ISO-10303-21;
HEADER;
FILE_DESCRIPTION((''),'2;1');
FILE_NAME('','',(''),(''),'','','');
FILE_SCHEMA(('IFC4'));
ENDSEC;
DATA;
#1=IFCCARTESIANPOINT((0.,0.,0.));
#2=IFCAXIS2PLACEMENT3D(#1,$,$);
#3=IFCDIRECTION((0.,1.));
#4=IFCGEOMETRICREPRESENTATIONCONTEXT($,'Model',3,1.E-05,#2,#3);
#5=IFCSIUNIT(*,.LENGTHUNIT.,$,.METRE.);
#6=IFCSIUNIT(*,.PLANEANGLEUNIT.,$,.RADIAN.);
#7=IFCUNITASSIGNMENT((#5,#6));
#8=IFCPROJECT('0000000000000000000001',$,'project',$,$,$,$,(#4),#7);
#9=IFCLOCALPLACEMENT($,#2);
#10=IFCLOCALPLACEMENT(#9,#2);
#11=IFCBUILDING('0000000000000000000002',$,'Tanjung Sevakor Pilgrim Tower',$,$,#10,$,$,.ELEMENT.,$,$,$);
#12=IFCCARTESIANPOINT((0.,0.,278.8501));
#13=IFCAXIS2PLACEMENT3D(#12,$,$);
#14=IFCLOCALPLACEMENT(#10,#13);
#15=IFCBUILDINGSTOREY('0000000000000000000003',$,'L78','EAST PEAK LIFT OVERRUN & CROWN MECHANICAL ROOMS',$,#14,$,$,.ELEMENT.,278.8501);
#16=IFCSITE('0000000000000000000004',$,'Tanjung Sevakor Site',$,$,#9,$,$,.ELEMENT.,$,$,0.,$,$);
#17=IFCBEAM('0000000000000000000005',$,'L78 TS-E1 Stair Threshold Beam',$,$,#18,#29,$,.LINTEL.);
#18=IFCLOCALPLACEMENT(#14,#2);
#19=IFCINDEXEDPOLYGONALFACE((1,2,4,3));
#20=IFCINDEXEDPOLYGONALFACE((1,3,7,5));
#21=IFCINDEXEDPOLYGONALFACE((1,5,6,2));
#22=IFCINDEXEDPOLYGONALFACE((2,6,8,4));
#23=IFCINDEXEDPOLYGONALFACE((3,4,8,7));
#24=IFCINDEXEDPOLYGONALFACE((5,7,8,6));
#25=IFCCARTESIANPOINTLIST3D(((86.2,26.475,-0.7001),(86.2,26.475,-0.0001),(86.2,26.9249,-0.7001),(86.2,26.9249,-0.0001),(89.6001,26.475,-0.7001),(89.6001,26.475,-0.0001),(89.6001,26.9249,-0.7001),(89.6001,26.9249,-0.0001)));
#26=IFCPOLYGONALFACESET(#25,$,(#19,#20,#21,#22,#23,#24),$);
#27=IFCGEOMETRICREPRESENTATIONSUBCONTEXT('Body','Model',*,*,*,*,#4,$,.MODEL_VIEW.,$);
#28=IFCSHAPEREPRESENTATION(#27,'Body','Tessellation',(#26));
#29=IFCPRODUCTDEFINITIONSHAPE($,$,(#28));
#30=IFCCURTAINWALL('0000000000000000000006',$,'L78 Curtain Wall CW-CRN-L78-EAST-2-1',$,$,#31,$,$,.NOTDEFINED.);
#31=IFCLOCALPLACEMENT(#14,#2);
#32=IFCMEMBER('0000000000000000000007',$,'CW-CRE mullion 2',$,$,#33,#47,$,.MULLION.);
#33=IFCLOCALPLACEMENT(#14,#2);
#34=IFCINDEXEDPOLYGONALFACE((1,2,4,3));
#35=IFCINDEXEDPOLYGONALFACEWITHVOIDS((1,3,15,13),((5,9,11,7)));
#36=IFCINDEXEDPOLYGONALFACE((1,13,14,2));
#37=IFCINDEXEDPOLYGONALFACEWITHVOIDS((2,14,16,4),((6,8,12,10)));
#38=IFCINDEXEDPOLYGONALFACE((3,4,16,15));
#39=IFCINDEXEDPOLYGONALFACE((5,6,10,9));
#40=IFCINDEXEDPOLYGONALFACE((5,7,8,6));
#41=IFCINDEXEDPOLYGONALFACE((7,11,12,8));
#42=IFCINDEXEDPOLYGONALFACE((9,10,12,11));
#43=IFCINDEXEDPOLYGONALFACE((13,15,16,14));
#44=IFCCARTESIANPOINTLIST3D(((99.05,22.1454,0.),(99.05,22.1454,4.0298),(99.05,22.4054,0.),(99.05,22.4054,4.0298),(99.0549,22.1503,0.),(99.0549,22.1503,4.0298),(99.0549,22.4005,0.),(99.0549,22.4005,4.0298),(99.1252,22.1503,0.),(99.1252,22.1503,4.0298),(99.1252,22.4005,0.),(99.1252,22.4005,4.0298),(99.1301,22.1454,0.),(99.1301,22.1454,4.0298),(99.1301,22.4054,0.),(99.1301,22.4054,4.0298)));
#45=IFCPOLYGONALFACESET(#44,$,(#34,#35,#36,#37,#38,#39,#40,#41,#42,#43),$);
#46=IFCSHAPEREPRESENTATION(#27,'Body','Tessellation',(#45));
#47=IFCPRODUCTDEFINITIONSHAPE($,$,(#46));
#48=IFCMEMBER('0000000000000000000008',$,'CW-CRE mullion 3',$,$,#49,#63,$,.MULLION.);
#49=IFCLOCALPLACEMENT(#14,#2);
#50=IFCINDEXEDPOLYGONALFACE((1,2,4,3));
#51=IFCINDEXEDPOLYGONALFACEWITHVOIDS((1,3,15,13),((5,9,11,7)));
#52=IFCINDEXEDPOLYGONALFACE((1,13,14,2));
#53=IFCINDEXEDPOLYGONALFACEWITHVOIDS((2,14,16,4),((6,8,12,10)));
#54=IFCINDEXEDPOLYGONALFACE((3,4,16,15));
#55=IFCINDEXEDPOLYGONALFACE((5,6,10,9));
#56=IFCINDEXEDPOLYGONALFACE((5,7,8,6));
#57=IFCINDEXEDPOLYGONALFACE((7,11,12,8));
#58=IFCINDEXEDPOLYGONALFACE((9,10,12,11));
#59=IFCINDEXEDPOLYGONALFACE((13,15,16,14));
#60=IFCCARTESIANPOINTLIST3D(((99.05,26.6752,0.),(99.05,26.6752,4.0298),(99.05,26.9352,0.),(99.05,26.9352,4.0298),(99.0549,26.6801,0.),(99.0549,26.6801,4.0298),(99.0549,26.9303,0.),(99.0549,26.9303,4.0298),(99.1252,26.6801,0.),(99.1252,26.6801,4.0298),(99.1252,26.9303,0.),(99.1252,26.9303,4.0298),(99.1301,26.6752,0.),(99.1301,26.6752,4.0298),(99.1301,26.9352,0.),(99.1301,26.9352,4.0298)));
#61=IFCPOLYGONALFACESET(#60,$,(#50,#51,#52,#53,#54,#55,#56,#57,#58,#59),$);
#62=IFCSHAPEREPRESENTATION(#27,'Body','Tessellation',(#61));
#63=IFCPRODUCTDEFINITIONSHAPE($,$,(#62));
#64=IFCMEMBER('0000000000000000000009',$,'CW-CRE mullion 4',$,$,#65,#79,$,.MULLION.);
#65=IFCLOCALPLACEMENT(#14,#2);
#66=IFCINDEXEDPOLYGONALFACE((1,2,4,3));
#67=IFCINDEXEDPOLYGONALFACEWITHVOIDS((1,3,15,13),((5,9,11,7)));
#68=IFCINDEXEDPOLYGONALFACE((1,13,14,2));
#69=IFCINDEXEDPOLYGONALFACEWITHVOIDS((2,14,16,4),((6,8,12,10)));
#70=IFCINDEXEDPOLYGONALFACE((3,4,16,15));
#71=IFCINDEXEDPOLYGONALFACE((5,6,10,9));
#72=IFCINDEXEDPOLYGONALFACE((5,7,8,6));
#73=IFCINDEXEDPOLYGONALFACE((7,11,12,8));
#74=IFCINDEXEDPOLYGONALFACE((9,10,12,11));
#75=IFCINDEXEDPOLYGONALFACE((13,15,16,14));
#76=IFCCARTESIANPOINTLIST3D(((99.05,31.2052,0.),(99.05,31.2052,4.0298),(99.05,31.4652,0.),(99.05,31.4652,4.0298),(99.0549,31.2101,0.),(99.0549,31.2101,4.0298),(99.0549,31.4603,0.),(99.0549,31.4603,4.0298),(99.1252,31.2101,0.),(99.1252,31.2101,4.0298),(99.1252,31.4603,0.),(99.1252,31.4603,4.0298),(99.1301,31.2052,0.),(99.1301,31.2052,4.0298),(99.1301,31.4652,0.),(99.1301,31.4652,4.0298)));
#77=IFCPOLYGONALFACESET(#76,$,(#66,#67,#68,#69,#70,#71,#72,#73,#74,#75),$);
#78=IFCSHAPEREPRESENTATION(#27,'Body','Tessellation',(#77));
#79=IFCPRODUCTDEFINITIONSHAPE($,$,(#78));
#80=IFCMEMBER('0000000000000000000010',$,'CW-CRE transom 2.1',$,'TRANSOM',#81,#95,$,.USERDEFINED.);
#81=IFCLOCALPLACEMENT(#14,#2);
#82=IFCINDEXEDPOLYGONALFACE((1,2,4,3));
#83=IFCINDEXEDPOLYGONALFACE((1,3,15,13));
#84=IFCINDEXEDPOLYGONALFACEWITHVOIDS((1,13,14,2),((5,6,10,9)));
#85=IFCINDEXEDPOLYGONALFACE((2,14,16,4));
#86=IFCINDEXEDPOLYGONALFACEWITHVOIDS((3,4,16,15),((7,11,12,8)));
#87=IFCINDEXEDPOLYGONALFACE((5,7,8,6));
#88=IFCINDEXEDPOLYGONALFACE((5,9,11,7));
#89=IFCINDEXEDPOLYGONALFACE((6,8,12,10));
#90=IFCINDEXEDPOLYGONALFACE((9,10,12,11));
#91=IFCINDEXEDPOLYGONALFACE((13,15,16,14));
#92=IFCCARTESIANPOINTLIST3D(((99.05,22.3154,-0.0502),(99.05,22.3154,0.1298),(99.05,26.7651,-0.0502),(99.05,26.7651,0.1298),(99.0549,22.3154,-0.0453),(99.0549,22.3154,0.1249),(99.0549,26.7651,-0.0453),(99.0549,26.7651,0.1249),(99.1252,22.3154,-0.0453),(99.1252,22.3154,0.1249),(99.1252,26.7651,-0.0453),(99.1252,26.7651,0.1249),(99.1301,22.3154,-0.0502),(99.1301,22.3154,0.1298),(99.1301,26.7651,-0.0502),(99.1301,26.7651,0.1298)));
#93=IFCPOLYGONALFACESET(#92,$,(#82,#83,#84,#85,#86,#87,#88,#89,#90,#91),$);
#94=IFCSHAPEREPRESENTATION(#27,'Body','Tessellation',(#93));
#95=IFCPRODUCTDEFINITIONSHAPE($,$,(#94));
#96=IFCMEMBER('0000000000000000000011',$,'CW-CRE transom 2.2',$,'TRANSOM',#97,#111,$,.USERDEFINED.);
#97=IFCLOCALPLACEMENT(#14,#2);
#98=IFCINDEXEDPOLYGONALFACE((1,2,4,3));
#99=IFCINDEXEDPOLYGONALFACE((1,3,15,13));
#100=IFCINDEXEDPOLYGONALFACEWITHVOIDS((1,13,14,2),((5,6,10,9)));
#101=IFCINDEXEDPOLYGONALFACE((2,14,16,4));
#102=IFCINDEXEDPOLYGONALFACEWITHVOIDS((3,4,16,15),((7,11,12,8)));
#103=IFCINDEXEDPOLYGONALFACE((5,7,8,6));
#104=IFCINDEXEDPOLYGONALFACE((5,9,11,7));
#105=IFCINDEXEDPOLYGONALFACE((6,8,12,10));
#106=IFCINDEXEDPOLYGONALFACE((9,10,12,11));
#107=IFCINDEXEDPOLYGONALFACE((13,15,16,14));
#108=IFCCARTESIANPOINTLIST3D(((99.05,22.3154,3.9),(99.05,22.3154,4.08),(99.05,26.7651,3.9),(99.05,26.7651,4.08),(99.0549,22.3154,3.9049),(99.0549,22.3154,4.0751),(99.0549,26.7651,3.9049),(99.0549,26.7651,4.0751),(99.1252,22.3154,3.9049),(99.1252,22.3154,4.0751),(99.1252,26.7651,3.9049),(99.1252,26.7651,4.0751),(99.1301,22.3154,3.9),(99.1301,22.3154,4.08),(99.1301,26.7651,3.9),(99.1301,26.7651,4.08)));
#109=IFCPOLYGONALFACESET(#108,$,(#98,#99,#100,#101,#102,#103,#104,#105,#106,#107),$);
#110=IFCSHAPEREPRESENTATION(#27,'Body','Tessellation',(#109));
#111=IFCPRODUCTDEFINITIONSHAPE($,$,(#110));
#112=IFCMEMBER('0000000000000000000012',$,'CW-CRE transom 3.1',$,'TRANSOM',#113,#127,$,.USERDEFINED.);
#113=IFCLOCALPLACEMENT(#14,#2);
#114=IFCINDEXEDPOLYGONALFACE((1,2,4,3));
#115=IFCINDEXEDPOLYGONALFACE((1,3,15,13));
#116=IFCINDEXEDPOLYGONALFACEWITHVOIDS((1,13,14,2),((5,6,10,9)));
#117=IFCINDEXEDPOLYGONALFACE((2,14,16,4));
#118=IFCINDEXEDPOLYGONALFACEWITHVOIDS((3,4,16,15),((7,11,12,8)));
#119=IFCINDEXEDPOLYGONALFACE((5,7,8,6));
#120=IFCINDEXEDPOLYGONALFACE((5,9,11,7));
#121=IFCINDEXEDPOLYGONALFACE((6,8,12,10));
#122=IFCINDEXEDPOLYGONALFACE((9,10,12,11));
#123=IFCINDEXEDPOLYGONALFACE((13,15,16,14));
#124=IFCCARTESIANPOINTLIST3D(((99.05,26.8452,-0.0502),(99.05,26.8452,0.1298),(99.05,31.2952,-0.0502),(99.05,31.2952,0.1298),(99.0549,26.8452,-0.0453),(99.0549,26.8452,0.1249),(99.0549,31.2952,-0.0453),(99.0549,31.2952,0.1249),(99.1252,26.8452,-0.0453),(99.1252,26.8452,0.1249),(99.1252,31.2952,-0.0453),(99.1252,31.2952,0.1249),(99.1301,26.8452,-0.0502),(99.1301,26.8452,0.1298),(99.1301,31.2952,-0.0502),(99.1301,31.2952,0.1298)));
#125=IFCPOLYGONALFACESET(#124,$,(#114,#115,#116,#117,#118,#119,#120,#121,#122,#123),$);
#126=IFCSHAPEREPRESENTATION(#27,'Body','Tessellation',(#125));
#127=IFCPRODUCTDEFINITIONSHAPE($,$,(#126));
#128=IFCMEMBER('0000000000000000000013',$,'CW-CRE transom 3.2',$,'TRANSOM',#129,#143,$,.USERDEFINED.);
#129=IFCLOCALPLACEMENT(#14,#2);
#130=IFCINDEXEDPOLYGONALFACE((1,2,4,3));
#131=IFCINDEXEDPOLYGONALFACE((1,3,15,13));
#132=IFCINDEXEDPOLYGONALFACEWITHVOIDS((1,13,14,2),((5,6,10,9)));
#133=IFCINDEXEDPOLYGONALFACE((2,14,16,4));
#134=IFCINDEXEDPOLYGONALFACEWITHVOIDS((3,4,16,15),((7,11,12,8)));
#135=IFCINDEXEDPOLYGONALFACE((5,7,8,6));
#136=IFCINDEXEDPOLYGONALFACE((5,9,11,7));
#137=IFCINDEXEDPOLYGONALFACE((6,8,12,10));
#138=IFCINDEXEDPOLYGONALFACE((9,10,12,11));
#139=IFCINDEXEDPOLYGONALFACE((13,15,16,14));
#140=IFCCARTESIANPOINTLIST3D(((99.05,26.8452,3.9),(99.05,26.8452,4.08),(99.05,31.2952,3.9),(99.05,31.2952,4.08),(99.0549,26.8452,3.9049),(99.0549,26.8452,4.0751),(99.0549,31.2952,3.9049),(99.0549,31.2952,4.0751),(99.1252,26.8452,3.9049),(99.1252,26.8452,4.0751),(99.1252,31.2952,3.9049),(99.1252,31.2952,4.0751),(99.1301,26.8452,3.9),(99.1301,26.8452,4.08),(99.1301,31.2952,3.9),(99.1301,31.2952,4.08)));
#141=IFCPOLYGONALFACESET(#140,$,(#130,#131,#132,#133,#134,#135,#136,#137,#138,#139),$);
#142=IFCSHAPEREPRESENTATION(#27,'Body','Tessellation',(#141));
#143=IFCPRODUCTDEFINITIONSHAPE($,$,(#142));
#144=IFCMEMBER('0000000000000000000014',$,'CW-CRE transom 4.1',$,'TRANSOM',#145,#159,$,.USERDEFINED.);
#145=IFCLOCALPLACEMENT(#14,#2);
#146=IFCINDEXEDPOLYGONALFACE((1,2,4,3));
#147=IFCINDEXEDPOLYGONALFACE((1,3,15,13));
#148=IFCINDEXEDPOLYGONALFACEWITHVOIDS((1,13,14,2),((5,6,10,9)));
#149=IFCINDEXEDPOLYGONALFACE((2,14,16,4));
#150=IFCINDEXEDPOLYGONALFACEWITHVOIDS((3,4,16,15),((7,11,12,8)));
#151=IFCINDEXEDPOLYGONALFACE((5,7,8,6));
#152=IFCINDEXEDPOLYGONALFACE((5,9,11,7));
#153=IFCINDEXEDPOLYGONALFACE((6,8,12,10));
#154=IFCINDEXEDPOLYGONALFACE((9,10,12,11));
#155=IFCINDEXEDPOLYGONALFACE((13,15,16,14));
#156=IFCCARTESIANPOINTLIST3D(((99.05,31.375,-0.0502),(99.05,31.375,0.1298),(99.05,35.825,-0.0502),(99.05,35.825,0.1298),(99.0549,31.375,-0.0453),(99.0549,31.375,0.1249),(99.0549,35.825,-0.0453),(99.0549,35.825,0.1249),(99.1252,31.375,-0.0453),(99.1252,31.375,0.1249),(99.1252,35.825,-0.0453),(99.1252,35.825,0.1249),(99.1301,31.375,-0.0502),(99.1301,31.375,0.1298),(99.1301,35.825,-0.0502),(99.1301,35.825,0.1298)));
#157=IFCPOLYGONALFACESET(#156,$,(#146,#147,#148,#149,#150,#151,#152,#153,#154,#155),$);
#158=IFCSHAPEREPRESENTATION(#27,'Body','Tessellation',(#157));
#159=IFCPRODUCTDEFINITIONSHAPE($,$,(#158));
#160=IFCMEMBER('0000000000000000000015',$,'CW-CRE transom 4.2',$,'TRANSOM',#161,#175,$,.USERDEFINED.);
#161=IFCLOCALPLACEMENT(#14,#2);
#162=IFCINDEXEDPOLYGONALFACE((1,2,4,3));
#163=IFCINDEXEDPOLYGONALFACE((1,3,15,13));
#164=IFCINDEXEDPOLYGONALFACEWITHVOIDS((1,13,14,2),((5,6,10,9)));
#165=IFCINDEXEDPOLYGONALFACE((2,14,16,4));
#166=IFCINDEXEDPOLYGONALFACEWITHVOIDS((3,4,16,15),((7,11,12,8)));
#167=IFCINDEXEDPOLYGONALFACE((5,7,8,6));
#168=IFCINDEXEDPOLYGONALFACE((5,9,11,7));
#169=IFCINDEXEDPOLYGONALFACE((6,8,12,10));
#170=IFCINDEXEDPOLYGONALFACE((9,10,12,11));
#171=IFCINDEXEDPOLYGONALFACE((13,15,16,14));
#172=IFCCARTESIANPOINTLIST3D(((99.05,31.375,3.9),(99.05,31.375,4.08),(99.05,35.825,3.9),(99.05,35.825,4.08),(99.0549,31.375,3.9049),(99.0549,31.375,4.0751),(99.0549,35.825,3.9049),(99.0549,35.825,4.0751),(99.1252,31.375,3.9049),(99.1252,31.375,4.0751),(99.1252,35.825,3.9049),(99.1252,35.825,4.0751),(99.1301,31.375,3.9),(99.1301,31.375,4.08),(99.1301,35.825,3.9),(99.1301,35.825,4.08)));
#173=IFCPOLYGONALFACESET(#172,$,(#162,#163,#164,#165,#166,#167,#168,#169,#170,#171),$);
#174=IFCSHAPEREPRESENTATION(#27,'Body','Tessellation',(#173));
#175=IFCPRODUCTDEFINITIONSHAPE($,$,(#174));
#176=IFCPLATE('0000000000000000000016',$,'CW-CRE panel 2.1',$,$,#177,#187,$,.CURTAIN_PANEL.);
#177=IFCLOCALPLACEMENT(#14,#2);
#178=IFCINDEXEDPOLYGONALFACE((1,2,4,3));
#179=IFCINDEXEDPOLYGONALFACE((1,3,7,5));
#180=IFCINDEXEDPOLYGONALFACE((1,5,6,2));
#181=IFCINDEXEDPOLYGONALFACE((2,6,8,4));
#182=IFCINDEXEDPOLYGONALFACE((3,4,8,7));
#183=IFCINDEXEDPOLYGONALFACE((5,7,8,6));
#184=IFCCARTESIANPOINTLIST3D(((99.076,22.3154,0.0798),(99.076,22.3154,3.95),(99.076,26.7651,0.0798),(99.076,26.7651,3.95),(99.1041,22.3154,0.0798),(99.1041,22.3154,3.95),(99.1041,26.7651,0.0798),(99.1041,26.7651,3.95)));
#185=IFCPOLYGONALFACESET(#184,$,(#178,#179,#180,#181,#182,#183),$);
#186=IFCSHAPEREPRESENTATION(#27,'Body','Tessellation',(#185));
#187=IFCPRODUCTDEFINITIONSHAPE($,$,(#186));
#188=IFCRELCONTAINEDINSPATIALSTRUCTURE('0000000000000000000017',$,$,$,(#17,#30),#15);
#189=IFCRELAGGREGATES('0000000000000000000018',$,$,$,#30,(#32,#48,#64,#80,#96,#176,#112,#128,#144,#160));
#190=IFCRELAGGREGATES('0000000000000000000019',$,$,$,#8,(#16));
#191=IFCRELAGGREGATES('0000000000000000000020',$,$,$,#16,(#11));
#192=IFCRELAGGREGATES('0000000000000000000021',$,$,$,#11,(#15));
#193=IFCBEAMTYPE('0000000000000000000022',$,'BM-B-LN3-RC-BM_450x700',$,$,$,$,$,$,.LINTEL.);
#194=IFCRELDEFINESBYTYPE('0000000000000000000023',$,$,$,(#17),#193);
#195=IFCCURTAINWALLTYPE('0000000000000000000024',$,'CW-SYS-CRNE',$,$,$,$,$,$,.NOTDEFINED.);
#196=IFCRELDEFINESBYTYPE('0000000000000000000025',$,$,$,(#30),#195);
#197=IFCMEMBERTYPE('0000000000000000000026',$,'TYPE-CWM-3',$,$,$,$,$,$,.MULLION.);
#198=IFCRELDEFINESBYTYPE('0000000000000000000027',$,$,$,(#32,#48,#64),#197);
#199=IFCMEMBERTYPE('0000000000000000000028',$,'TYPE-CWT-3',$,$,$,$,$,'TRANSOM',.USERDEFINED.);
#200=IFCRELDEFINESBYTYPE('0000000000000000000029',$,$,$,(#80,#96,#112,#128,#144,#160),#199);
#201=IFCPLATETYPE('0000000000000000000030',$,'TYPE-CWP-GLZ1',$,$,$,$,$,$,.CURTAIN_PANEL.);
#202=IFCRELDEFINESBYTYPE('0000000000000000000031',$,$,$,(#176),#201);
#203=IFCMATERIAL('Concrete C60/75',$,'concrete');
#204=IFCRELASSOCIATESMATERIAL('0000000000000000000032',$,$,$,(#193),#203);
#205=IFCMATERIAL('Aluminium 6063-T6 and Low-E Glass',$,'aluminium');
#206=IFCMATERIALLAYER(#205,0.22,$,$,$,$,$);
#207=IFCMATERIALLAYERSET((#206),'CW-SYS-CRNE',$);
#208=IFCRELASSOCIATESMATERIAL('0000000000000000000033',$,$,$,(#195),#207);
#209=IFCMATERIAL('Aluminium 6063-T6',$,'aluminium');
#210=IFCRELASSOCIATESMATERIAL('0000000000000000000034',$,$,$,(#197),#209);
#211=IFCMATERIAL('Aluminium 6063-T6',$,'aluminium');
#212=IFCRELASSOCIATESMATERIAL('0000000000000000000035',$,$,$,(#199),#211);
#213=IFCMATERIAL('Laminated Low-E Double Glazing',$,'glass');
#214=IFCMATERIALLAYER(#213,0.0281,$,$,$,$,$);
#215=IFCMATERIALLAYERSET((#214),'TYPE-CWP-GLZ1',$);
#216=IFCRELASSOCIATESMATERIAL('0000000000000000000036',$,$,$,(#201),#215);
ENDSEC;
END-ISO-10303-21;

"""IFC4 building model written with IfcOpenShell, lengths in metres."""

from ifc_helpers import new_model, si_unit, direction, frame, origin, origin_2d, place, context, subcontext, project, spatial, rectangle, hollow_rectangle, extrude, material, layer, layer_set, material_profile, profile_set, type_object, element, aggregate, save


model = new_model("IFC4")

# Units and contexts
model_context = context("Model", 3, precision=1e-05, world=origin(), true_north=direction((0.0, 1.0)))
body_context = subcontext(model_context, "Body", "Model", "MODEL_VIEW")
ifc_project = project(units=[si_unit("LENGTHUNIT", "METRE"), si_unit("PLANEANGLEUNIT", "RADIAN")], contexts=[model_context])

# Site, building, storey
site_placement = place(None, origin())
site = spatial("IfcSite", under=ifc_project, at=site_placement, Name="Tanjung Sevakor Site", CompositionType="ELEMENT", RefElevation=0.0)
building_placement = place(site_placement, origin())
building = spatial("IfcBuilding", under=site, at=building_placement, Name="Tanjung Sevakor Pilgrim Tower", CompositionType="ELEMENT")
storey_placement = place(building_placement, frame((0.0, 0.0, 278.8501)))
storey = spatial("IfcBuildingStorey", under=building, at=storey_placement, Name="L78", Description="EAST PEAK LIFT OVERRUN & CROWN MECHANICAL ROOMS", CompositionType="ELEMENT", Elevation=278.8501)

# Beam
ifc_material_1 = material(Name="Concrete C60/75", Category="concrete")
ifc_material_profile_1 = material_profile(ifc_material_1, rectangle(XDim=0.45, YDim=0.7, at=origin_2d()))
ifc_profile_set_1 = profile_set([ifc_material_profile_1], Name="Concrete C60/75")
beam_type = type_object("IfcBeamType", Name="BM-B-LN3-RC-BM_450x700", PredefinedType="LINTEL", material=ifc_profile_set_1)
beam_placement = place(storey_placement, frame((86.2, 26.7, -0.3501), z_axis=(1.0, 0.0, 0.0), x_axis=(0.0, 1.0, 0.0)))
element("IfcBeam", 1, at=beam_placement, inside=storey, type_object=beam_type, Name="L78 TS-E1 Stair Threshold Beam", PredefinedType="LINTEL", context=body_context, shape_type="SweptSolid", body=[
    extrude(rectangle(XDim=0.45, YDim=0.7, at=origin_2d()), origin(), (0.0, 0.0, 1.0), 3.4001),
])

# Curtain wall, members, plate
ifc_material_2 = material(Name="Aluminium 6063-T6 and Low-E Glass", Category="aluminium")
ifc_layer_1 = layer(ifc_material_2, 0.22)
ifc_layer_set_1 = layer_set([ifc_layer_1], Name="CW-SYS-CRNE")
curtain_wall_type = type_object("IfcCurtainWallType", Name="CW-SYS-CRNE", PredefinedType="NOTDEFINED", material=ifc_layer_set_1)
curtain_wall_placement = place(storey_placement, origin())
curtain_wall = element("IfcCurtainWall", 2, at=curtain_wall_placement, inside=storey, type_object=curtain_wall_type, Name="L78 Curtain Wall CW-CRN-L78-EAST-2-1", PredefinedType="NOTDEFINED")
ifc_material_3 = material(Name="Aluminium 6063-T6", Category="aluminium")
ifc_material_profile_2 = material_profile(ifc_material_3, hollow_rectangle(XDim=0.0801, YDim=0.26, WallThickness=0.0049, at=origin_2d()))
ifc_profile_set_2 = profile_set([ifc_material_profile_2], Name="Aluminium 6063-T6")
member_type_1 = type_object("IfcMemberType", Name="TYPE-CWM-3", PredefinedType="MULLION", material=ifc_profile_set_2)
member_1_placement = place(storey_placement, frame((99.0901, 22.2754, 0.0), z_axis=(0.0, 0.0, 1.0), x_axis=(-1.0, 0.0, 0.0)))
member_1 = element("IfcMember", 3, at=member_1_placement, type_object=member_type_1, Name="CW-CRE mullion 2", PredefinedType="MULLION", context=body_context, shape_type="SweptSolid", body=[
    extrude(hollow_rectangle(XDim=0.0801, YDim=0.26, WallThickness=0.0049, at=origin_2d()), origin(), (0.0, 0.0, 1.0), 4.0298),
])
member_2_placement = place(storey_placement, frame((99.0901, 26.8052, 0.0), z_axis=(0.0, 0.0, 1.0), x_axis=(-1.0, 0.0, 0.0)))
member_2 = element("IfcMember", 4, at=member_2_placement, type_object=member_type_1, Name="CW-CRE mullion 3", PredefinedType="MULLION", context=body_context, shape_type="SweptSolid", body=[
    extrude(hollow_rectangle(XDim=0.0801, YDim=0.26, WallThickness=0.0049, at=origin_2d()), origin(), (0.0, 0.0, 1.0), 4.0298),
])
member_3_placement = place(storey_placement, frame((99.0901, 31.3352, 0.0), z_axis=(0.0, 0.0, 1.0), x_axis=(-1.0, 0.0, 0.0)))
member_3 = element("IfcMember", 5, at=member_3_placement, type_object=member_type_1, Name="CW-CRE mullion 4", PredefinedType="MULLION", context=body_context, shape_type="SweptSolid", body=[
    extrude(hollow_rectangle(XDim=0.0801, YDim=0.26, WallThickness=0.0049, at=origin_2d()), origin(), (0.0, 0.0, 1.0), 4.0298),
])
ifc_material_4 = material(Name="Aluminium 6063-T6", Category="aluminium")
ifc_material_profile_3 = material_profile(ifc_material_4, hollow_rectangle(XDim=0.0801, YDim=0.1799, WallThickness=0.0049, at=origin_2d()))
ifc_profile_set_3 = profile_set([ifc_material_profile_3], Name="Aluminium 6063-T6")
member_type_2 = type_object("IfcMemberType", Name="TYPE-CWT-3", ElementType="TRANSOM", PredefinedType="USERDEFINED", material=ifc_profile_set_3)
member_4_placement = place(storey_placement, frame((99.0901, 22.3154, 0.0398), z_axis=(0.0, 1.0, 0.0), x_axis=(-1.0, 0.0, 0.0)))
member_4 = element("IfcMember", 6, at=member_4_placement, type_object=member_type_2, Name="CW-CRE transom 2.1", ObjectType="TRANSOM", PredefinedType="USERDEFINED", context=body_context, shape_type="SweptSolid", body=[
    extrude(hollow_rectangle(XDim=0.0801, YDim=0.1799, WallThickness=0.0049, at=origin_2d()), origin(), (0.0, 0.0, 1.0), 4.4497),
])
member_5_placement = place(storey_placement, frame((99.0901, 22.3154, 3.99), z_axis=(0.0, 1.0, 0.0), x_axis=(-1.0, 0.0, 0.0)))
member_5 = element("IfcMember", 7, at=member_5_placement, type_object=member_type_2, Name="CW-CRE transom 2.2", ObjectType="TRANSOM", PredefinedType="USERDEFINED", context=body_context, shape_type="SweptSolid", body=[
    extrude(hollow_rectangle(XDim=0.0801, YDim=0.1799, WallThickness=0.0049, at=origin_2d()), origin(), (0.0, 0.0, 1.0), 4.4497),
])
member_6_placement = place(storey_placement, frame((99.0901, 26.8452, 0.0398), z_axis=(0.0, 1.0, 0.0), x_axis=(-1.0, 0.0, 0.0)))
member_6 = element("IfcMember", 8, at=member_6_placement, type_object=member_type_2, Name="CW-CRE transom 3.1", ObjectType="TRANSOM", PredefinedType="USERDEFINED", context=body_context, shape_type="SweptSolid", body=[
    extrude(hollow_rectangle(XDim=0.0801, YDim=0.1799, WallThickness=0.0049, at=origin_2d()), origin(), (0.0, 0.0, 1.0), 4.45),
])
member_7_placement = place(storey_placement, frame((99.0901, 26.8452, 3.99), z_axis=(0.0, 1.0, 0.0), x_axis=(-1.0, 0.0, 0.0)))
member_7 = element("IfcMember", 9, at=member_7_placement, type_object=member_type_2, Name="CW-CRE transom 3.2", ObjectType="TRANSOM", PredefinedType="USERDEFINED", context=body_context, shape_type="SweptSolid", body=[
    extrude(hollow_rectangle(XDim=0.0801, YDim=0.1799, WallThickness=0.0049, at=origin_2d()), origin(), (0.0, 0.0, 1.0), 4.45),
])
member_8_placement = place(storey_placement, frame((99.0901, 31.375, 0.0398), z_axis=(0.0, 1.0, 0.0), x_axis=(-1.0, 0.0, 0.0)))
member_8 = element("IfcMember", 10, at=member_8_placement, type_object=member_type_2, Name="CW-CRE transom 4.1", ObjectType="TRANSOM", PredefinedType="USERDEFINED", context=body_context, shape_type="SweptSolid", body=[
    extrude(hollow_rectangle(XDim=0.0801, YDim=0.1799, WallThickness=0.0049, at=origin_2d()), origin(), (0.0, 0.0, 1.0), 4.45),
])
member_9_placement = place(storey_placement, frame((99.0901, 31.375, 3.99), z_axis=(0.0, 1.0, 0.0), x_axis=(-1.0, 0.0, 0.0)))
member_9 = element("IfcMember", 11, at=member_9_placement, type_object=member_type_2, Name="CW-CRE transom 4.2", ObjectType="TRANSOM", PredefinedType="USERDEFINED", context=body_context, shape_type="SweptSolid", body=[
    extrude(hollow_rectangle(XDim=0.0801, YDim=0.1799, WallThickness=0.0049, at=origin_2d()), origin(), (0.0, 0.0, 1.0), 4.45),
])
ifc_material_5 = material(Name="Laminated Low-E Double Glazing", Category="glass")
ifc_layer_2 = layer(ifc_material_5, 0.0281)
ifc_layer_set_2 = layer_set([ifc_layer_2], Name="TYPE-CWP-GLZ1")
plate_type = type_object("IfcPlateType", Name="TYPE-CWP-GLZ1", PredefinedType="CURTAIN_PANEL", material=ifc_layer_set_2)
plate_1_placement = place(storey_placement, frame((99.0901, 24.5403, 0.0798), z_axis=(0.0, 0.0, 1.0), x_axis=(0.0, 1.0, 0.0)))
plate_1 = element("IfcPlate", 12, at=plate_1_placement, type_object=plate_type, Name="CW-CRE panel 2.1", PredefinedType="CURTAIN_PANEL", context=body_context, shape_type="SweptSolid", body=[
    extrude(rectangle(XDim=4.4497, YDim=0.0281, at=origin_2d()), origin(), (0.0, 0.0, 1.0), 3.8701),
])
aggregate(curtain_wall, [member_1, member_2, member_3, member_4, member_5, plate_1, member_6, member_7, member_8, member_9])

save(model, "model.ifc")
